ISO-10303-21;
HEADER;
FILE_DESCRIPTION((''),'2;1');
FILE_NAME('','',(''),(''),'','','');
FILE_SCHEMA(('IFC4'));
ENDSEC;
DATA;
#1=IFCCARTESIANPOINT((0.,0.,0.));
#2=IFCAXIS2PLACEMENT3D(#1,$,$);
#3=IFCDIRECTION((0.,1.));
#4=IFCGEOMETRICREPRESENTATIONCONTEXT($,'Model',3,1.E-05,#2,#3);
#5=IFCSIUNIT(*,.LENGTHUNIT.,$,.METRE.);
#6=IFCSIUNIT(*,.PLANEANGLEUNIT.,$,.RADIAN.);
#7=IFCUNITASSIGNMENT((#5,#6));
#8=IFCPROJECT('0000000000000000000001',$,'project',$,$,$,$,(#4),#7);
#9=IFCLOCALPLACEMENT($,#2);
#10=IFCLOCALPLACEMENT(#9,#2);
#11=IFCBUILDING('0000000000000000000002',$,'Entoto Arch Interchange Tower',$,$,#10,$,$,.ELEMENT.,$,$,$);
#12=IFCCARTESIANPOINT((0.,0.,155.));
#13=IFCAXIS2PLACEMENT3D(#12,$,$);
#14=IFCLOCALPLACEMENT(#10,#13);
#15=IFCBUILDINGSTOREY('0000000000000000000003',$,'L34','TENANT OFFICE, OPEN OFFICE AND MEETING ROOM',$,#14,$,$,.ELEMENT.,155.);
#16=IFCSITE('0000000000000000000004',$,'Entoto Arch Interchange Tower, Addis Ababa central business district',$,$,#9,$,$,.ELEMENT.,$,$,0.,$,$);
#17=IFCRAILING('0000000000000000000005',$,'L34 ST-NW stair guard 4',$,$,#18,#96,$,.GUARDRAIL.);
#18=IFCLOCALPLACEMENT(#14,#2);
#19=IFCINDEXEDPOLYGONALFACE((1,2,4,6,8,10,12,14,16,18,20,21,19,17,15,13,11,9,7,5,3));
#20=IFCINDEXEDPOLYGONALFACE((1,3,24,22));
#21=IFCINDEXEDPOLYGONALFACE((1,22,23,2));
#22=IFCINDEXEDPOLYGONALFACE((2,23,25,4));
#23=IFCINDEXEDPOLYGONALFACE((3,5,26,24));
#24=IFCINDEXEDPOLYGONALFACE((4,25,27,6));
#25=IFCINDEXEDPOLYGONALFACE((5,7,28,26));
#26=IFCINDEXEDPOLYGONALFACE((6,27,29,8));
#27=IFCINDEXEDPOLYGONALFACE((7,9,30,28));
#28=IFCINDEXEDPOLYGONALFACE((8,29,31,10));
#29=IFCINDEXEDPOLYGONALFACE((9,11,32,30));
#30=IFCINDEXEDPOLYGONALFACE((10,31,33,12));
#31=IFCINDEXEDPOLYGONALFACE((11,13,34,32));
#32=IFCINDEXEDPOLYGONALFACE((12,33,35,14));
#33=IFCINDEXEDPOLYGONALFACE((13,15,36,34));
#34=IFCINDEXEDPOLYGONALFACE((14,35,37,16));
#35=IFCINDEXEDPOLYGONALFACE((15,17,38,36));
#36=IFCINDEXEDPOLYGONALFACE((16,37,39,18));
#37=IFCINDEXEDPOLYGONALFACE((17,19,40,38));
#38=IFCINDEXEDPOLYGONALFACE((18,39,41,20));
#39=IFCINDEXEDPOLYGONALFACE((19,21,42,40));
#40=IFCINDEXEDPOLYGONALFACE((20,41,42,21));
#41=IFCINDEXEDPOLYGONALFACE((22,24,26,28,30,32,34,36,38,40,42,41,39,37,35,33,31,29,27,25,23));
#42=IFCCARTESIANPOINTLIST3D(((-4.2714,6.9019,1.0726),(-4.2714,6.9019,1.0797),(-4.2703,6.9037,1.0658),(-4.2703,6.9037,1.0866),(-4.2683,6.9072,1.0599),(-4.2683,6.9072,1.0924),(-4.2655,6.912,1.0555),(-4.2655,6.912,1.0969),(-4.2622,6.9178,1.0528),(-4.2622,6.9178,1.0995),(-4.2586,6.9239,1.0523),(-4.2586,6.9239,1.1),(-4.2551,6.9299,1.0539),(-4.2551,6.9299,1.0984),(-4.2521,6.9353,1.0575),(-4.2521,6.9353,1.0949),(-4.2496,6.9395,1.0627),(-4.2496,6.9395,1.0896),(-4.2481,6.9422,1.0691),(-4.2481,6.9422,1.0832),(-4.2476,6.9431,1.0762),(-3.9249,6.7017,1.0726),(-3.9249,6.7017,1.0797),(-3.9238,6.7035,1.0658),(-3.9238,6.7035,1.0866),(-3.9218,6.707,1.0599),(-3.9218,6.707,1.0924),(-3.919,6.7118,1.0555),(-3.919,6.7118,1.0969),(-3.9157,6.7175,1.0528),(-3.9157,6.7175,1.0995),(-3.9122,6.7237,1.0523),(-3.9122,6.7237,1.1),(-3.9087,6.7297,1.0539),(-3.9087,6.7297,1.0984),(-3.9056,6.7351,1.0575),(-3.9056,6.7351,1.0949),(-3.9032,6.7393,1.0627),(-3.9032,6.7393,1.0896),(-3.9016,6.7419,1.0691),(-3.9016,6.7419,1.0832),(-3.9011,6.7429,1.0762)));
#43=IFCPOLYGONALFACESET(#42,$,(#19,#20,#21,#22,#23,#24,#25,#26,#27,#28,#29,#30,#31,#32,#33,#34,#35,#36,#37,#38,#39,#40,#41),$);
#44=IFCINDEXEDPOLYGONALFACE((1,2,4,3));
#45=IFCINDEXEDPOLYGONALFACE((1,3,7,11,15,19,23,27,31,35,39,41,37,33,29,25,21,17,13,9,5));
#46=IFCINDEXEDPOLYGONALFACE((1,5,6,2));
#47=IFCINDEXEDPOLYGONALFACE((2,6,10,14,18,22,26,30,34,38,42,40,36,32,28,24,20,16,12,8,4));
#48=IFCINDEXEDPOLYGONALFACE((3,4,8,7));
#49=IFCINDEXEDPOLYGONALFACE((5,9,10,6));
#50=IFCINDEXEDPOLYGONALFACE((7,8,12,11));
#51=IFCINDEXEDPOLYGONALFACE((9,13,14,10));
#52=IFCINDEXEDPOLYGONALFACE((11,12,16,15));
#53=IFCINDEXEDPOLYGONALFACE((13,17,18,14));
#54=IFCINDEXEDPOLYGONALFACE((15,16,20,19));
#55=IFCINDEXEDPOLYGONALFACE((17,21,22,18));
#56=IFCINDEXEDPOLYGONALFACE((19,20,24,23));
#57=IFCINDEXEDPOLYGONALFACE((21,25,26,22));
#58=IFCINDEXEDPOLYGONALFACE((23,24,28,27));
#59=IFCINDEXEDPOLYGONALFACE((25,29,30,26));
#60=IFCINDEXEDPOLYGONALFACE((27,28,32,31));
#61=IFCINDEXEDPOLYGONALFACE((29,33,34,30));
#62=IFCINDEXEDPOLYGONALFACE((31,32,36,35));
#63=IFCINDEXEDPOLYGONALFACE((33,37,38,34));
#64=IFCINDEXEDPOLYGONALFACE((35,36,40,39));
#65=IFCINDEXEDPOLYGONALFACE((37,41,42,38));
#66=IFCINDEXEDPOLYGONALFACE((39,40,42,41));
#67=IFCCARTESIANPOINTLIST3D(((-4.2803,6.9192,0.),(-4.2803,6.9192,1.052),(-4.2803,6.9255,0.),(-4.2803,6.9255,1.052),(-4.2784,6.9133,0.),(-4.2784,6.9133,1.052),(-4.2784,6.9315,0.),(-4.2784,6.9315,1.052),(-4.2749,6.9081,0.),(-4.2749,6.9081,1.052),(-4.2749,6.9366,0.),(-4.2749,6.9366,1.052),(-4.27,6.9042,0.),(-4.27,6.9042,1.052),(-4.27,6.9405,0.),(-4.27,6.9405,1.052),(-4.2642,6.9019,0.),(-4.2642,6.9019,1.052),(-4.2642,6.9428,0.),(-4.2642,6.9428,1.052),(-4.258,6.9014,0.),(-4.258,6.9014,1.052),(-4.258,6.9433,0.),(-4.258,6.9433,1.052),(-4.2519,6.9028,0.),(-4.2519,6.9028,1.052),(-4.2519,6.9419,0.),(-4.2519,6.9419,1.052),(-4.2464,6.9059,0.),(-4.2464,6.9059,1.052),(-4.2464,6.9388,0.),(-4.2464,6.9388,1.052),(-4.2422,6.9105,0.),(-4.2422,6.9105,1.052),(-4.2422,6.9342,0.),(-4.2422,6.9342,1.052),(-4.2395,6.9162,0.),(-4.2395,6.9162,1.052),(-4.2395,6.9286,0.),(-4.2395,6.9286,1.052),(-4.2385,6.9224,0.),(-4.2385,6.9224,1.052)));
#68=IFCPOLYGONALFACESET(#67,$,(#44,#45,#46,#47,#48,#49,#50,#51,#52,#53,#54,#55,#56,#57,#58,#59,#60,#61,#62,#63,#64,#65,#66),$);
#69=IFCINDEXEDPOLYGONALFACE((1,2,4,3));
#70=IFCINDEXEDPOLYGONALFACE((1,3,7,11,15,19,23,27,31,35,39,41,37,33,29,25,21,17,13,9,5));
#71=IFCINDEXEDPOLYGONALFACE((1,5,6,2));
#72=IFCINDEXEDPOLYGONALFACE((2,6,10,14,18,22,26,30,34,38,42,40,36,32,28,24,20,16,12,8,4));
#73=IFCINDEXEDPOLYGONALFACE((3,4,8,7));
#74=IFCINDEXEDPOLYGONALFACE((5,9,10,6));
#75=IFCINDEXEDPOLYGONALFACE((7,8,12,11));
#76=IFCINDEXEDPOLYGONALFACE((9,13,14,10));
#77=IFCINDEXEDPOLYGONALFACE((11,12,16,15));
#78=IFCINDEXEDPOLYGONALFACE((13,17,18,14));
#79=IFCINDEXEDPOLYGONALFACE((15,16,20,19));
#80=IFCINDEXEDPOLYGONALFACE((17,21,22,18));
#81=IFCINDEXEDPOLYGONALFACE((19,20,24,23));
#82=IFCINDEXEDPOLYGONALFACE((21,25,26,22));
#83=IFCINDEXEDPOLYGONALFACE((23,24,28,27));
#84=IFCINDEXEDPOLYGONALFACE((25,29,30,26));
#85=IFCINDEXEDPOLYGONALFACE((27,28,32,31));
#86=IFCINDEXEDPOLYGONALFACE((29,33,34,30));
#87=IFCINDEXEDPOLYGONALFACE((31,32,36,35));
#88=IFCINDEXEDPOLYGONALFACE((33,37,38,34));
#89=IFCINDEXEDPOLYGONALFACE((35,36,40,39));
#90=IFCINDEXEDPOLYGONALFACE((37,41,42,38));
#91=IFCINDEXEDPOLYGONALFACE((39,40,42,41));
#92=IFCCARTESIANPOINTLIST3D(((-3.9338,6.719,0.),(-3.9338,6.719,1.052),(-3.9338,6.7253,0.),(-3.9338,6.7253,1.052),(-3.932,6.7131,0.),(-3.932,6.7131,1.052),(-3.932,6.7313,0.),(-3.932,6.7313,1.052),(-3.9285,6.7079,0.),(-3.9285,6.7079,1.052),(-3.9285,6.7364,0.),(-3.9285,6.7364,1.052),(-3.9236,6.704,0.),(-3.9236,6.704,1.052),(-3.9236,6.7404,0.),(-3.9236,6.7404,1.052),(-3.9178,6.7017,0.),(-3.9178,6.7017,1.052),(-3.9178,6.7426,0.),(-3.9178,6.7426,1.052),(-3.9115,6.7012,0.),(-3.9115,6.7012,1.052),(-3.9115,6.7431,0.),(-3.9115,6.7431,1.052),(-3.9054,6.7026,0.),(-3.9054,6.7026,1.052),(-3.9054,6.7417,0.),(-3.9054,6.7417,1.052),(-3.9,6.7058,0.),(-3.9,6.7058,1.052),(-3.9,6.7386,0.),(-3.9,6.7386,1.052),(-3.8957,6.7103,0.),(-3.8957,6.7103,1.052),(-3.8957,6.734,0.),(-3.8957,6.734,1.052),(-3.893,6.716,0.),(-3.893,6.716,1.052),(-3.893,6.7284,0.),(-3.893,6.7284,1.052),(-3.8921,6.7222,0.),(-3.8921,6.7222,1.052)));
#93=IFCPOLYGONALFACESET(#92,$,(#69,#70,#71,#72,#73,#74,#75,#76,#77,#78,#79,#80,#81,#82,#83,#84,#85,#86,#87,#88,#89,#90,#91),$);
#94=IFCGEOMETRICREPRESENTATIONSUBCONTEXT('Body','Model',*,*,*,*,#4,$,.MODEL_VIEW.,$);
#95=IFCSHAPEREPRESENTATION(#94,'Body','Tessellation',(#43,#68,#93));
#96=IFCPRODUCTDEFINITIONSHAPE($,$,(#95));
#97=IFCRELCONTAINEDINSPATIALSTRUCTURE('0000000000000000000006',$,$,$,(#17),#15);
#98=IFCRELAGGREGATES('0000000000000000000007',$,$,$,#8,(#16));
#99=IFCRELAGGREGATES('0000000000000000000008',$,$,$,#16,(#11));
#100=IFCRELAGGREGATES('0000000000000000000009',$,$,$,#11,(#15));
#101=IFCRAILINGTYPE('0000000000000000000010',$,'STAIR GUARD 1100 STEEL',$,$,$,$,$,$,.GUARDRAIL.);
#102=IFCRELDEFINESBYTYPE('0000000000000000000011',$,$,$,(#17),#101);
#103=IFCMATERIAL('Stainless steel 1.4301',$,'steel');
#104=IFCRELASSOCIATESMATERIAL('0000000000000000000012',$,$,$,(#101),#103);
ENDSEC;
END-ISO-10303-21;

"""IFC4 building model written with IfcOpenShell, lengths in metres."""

from ifc_helpers import new_model, si_unit, direction, frame, origin, origin_2d, place, context, subcontext, project, spatial, circle, extrude, material, type_object, element, save


model = new_model("IFC4")

# Units and contexts
model_context = context("Model", 3, precision=1e-05, world=origin(), true_north=direction((0.0, 1.0)))
body_context = subcontext(model_context, "Body", "Model", "MODEL_VIEW")
ifc_project = project(units=[si_unit("LENGTHUNIT", "METRE"), si_unit("PLANEANGLEUNIT", "RADIAN")], contexts=[model_context])

# Site, building, storey
site_placement = place(None, origin())
site = spatial("IfcSite", under=ifc_project, at=site_placement, Name="Entoto Arch Interchange Tower, Addis Ababa central business district", CompositionType="ELEMENT", RefElevation=0.0)
building_placement = place(site_placement, origin())
building = spatial("IfcBuilding", under=site, at=building_placement, Name="Entoto Arch Interchange Tower", CompositionType="ELEMENT")
storey_placement = place(building_placement, frame((0.0, 0.0, 155.0)))
storey = spatial("IfcBuildingStorey", under=building, at=storey_placement, Name="L34", Description="TENANT OFFICE, OPEN OFFICE AND MEETING ROOM", CompositionType="ELEMENT", Elevation=155.0)

# Railing
ifc_material_1 = material(Name="Stainless steel 1.4301", Category="steel")
railing_type_1 = type_object("IfcRailingType", Name="STAIR GUARD 1100 STEEL", PredefinedType="GUARDRAIL", material=ifc_material_1)
railing_1_placement = place(storey_placement, frame((-4.2595, 6.9224, 0.0)))
element("IfcRailing", 1, at=railing_1_placement, inside=storey, type_object=railing_type_1, Name="L34 ST-NW stair guard 4", PredefinedType="GUARDRAIL", context=body_context, shape_type="SweptSolid", body=[
    extrude(circle(Radius=0.0239, at=origin_2d()), frame((0.0, 0.0, 1.0762), z_axis=(0.86583, -0.500339, 0.0), x_axis=(0.500339, 0.86583, 0.0)), (0.0, 0.0, 1.0), 0.4001),
    extrude(circle(Radius=0.021, at=origin_2d()), origin(), (0.0, 0.0, 1.0), 1.052),
    extrude(circle(Radius=0.021, at=origin_2d()), frame((0.3464, -0.2002, 0.0)), (0.0, 0.0, 1.0), 1.052),
])

save(model, "model.ifc")
